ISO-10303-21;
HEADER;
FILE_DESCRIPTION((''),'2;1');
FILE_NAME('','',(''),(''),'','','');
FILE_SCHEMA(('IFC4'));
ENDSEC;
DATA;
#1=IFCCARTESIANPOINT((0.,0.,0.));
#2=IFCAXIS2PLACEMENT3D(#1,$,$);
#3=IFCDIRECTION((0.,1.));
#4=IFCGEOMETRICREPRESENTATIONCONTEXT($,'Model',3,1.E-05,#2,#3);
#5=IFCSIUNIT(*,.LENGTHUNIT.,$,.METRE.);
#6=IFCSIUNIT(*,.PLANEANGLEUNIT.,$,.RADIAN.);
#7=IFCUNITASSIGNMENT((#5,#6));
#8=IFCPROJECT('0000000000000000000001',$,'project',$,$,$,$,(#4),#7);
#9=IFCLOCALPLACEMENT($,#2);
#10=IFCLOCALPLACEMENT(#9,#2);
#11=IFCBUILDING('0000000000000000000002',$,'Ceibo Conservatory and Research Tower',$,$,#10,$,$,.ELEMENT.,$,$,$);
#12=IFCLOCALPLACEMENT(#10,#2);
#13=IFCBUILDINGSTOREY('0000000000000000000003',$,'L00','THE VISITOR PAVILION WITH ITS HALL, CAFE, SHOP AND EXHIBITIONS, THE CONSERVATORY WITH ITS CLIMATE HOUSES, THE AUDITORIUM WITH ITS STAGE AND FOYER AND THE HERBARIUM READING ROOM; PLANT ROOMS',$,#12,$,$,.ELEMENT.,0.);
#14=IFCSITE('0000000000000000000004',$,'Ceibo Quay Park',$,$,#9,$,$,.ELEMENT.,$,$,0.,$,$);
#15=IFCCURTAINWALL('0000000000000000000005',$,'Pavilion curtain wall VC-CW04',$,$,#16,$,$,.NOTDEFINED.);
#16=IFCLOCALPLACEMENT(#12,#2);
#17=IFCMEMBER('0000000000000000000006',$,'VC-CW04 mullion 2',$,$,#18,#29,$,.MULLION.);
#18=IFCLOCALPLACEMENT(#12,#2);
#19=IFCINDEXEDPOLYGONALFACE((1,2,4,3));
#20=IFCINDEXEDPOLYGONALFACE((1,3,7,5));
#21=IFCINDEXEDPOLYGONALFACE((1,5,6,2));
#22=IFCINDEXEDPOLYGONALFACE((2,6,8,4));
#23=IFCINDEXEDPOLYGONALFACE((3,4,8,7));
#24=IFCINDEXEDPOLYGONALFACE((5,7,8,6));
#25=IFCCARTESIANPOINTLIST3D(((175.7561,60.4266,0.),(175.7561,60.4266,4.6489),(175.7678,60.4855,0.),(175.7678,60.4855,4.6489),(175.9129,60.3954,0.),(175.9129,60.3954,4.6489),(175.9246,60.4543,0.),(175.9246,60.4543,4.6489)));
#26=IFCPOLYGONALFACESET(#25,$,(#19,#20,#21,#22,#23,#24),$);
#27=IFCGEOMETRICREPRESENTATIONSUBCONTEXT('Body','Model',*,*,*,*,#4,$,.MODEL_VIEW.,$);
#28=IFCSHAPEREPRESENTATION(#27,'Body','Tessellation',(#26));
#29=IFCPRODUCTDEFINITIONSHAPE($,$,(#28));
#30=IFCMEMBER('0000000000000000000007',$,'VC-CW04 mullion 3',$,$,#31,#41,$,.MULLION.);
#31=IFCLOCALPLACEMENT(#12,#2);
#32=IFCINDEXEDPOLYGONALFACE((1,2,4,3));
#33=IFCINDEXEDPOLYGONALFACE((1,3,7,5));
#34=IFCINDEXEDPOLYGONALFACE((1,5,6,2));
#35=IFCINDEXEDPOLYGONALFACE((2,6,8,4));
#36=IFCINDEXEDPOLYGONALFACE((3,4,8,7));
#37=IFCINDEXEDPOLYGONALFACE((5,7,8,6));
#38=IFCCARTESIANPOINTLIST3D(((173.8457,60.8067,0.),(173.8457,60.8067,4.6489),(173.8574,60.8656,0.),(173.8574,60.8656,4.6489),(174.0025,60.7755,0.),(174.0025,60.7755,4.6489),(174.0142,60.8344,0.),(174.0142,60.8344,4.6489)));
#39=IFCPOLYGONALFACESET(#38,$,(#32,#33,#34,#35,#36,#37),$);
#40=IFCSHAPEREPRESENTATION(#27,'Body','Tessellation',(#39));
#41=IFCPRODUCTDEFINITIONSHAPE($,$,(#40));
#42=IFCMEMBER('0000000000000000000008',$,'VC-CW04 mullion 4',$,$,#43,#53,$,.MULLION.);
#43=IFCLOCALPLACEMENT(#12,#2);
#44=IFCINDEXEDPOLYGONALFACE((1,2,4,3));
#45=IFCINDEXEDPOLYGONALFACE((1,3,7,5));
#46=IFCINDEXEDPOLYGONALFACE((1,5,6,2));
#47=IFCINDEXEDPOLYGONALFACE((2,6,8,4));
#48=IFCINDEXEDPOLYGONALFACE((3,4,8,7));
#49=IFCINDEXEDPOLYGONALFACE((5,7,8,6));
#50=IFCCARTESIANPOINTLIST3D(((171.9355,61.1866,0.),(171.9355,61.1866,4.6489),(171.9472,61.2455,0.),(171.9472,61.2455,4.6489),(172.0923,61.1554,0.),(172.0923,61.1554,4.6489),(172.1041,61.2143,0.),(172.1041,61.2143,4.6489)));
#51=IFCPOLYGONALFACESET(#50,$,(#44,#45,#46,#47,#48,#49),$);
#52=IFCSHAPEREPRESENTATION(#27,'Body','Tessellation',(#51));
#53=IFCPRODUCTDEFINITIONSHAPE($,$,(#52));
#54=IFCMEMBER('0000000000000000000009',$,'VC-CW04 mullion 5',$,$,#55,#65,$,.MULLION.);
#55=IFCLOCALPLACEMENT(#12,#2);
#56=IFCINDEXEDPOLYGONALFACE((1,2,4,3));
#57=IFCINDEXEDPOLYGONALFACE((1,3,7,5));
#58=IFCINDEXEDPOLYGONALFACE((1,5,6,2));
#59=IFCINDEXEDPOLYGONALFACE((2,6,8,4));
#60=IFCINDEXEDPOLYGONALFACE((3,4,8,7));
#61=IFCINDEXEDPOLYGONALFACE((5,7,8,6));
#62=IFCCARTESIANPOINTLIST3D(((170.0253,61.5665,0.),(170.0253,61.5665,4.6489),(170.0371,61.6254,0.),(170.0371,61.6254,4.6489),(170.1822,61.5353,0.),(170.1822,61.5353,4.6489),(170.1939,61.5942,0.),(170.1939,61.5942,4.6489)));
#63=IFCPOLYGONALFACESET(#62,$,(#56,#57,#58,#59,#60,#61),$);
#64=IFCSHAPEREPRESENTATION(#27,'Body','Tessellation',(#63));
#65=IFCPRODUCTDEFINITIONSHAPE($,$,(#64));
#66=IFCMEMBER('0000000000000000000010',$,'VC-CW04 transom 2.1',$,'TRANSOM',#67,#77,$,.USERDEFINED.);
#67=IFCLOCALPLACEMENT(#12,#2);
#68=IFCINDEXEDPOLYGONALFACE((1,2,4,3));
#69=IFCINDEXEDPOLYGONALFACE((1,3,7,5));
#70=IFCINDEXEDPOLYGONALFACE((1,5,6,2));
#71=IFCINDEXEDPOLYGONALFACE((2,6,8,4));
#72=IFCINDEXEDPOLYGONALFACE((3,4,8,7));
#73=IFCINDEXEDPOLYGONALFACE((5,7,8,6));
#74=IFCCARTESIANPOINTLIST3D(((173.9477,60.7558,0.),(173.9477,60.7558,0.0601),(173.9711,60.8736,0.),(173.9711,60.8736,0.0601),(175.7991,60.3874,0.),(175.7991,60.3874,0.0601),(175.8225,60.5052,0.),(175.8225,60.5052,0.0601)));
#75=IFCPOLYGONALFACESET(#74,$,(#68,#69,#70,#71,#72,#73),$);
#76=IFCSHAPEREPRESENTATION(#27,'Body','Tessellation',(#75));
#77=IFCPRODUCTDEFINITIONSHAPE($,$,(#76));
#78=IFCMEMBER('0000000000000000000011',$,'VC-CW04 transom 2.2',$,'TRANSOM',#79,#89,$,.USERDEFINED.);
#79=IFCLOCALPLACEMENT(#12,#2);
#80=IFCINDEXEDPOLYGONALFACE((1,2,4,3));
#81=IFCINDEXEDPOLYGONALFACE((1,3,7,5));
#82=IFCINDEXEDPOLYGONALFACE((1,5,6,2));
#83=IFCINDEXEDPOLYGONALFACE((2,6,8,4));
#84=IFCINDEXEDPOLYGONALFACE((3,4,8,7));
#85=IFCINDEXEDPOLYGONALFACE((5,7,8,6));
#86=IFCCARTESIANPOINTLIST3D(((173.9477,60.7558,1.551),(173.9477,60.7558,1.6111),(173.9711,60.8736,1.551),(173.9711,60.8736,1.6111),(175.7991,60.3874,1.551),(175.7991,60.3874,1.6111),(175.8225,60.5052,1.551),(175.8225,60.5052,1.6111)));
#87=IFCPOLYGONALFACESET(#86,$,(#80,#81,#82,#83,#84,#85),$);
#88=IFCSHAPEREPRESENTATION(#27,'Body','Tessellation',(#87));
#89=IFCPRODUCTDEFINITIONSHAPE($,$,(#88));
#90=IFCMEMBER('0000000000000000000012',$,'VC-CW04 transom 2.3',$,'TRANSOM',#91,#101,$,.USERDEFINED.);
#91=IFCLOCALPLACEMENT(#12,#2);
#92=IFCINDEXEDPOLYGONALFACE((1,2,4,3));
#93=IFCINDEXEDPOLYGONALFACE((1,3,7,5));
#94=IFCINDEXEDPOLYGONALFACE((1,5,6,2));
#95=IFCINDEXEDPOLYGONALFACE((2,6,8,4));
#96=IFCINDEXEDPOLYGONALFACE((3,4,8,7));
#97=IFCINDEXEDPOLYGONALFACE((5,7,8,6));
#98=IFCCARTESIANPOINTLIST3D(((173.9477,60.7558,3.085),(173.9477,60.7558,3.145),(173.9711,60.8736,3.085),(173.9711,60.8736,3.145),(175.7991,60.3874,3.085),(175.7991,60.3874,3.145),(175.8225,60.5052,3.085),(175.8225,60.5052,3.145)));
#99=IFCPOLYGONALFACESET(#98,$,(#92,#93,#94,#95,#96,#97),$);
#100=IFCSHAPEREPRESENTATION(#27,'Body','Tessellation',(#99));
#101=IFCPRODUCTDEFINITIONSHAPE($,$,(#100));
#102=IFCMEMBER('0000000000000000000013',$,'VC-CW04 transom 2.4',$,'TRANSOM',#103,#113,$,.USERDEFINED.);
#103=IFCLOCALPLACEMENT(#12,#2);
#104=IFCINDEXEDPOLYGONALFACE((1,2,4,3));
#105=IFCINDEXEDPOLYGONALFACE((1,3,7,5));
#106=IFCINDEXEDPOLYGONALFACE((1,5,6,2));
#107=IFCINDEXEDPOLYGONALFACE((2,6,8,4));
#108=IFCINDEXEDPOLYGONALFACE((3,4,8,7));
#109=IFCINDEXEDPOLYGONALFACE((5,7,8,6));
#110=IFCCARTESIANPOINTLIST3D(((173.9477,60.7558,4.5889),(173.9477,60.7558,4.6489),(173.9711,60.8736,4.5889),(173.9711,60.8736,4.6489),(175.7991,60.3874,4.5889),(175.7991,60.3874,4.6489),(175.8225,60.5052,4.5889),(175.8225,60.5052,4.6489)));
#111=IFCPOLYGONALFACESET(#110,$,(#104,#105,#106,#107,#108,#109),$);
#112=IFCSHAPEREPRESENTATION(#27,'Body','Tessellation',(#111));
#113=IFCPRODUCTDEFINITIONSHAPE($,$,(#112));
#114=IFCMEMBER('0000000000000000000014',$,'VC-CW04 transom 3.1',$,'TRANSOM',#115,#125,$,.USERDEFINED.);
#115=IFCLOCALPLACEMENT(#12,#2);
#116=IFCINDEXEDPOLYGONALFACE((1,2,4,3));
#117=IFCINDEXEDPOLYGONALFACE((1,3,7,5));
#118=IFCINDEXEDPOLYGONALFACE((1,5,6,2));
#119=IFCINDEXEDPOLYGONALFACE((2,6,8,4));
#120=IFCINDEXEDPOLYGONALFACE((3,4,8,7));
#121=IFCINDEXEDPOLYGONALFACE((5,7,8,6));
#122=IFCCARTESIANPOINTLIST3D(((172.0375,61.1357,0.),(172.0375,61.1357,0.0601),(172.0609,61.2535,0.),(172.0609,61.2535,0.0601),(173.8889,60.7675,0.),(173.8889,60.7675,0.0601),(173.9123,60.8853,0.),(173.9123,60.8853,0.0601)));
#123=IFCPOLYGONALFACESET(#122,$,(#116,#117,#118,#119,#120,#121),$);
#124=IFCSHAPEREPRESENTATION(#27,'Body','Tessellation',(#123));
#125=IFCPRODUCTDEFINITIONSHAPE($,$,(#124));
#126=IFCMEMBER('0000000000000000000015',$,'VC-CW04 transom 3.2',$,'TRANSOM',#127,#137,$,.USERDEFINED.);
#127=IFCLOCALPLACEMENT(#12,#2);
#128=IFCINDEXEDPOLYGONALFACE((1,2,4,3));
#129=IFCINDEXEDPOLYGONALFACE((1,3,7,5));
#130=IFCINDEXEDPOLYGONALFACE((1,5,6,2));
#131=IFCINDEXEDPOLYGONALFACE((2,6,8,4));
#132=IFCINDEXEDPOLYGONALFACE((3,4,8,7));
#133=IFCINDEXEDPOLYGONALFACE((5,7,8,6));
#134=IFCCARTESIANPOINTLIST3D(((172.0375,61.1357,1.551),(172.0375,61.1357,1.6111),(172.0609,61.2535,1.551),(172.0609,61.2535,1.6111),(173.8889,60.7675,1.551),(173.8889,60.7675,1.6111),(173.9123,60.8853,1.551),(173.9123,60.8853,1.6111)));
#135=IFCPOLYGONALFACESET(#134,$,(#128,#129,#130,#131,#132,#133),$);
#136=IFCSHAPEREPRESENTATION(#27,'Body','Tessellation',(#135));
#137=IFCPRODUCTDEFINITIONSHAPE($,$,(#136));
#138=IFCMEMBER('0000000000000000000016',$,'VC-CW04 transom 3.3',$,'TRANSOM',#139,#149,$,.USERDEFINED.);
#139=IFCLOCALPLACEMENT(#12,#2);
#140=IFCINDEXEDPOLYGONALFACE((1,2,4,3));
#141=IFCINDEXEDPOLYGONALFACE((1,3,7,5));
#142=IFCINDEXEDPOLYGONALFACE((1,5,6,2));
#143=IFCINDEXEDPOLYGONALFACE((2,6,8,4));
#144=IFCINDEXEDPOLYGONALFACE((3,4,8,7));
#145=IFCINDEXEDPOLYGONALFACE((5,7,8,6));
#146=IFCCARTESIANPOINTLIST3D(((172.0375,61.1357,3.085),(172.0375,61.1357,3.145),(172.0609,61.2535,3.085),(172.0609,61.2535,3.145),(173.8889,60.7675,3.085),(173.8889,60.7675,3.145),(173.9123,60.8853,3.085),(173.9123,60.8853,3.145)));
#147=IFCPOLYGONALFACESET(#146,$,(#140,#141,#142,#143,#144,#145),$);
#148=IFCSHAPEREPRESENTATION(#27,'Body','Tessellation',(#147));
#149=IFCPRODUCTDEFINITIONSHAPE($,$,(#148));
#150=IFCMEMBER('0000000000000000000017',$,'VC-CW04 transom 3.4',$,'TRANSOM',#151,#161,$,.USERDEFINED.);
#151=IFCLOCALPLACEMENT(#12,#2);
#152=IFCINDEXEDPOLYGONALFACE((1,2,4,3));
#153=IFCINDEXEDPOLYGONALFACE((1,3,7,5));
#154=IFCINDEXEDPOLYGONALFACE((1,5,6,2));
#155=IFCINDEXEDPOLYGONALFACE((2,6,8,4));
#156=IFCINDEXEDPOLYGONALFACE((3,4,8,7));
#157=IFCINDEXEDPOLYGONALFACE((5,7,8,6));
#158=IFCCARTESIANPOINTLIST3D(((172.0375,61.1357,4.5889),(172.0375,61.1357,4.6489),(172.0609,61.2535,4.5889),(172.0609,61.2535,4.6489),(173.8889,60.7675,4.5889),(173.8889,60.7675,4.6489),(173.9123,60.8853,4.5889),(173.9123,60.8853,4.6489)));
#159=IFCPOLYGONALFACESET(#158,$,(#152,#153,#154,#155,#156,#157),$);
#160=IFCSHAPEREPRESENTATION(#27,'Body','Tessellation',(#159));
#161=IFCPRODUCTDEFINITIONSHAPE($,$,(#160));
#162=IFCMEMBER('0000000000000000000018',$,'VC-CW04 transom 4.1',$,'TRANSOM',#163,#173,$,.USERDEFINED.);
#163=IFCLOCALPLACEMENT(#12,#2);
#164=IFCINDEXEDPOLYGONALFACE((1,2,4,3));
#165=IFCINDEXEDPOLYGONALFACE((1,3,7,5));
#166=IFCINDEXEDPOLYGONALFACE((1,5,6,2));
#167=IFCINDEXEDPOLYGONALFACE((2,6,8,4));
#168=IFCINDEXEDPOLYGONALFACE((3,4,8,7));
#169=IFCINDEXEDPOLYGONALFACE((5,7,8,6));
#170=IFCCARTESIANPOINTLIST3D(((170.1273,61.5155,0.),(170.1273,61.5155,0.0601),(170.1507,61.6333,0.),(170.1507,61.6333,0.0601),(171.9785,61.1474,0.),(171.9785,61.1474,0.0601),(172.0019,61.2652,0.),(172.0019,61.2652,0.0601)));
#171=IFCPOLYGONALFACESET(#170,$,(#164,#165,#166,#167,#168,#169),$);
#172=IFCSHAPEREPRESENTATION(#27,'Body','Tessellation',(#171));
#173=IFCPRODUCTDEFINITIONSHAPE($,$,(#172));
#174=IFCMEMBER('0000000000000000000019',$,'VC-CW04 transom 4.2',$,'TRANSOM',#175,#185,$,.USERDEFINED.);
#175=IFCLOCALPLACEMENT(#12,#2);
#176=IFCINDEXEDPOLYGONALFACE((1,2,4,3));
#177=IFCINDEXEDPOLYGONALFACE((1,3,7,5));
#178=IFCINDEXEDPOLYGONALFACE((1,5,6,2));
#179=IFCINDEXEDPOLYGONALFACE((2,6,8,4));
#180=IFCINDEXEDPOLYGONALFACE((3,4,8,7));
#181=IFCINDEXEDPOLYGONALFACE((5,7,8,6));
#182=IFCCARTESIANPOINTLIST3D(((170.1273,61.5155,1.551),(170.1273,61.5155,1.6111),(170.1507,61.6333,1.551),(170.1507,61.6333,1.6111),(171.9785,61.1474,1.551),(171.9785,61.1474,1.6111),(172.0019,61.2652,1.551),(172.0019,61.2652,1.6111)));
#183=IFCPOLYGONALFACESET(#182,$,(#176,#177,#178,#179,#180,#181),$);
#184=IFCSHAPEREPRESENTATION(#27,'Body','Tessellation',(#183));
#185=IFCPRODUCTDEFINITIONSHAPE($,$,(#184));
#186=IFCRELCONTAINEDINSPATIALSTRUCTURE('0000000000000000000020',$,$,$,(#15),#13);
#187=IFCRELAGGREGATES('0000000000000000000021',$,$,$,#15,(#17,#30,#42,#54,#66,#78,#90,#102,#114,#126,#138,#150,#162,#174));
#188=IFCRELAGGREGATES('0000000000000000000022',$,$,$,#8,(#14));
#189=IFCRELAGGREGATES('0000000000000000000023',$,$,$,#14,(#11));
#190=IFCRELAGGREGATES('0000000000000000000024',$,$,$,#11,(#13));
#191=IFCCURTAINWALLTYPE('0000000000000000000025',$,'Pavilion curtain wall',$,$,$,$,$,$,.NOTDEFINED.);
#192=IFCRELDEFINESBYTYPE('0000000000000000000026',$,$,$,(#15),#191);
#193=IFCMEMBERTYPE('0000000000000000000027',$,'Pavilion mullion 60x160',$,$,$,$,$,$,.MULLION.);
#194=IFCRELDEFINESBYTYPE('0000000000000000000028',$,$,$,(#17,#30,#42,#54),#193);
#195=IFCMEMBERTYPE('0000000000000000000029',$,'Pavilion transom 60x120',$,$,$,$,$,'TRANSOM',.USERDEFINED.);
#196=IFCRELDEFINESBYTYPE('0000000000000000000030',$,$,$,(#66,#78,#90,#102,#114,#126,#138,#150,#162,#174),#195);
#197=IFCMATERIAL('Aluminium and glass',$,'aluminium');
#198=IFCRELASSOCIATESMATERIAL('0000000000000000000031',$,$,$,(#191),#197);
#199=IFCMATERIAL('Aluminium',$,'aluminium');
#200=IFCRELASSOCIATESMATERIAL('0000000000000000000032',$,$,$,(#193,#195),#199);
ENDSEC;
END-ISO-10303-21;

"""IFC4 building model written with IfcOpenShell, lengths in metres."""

from ifc_helpers import new_model, si_unit, direction, frame, origin, origin_2d, place, context, subcontext, project, spatial, rectangle, extrude, material, material_profile, profile_set, type_object, element, aggregate, save


model = new_model("IFC4")

# Units and contexts
model_context = context("Model", 3, precision=1e-05, world=origin(), true_north=direction((0.0, 1.0)))
body_context = subcontext(model_context, "Body", "Model", "MODEL_VIEW")
ifc_project = project(units=[si_unit("LENGTHUNIT", "METRE"), si_unit("PLANEANGLEUNIT", "RADIAN")], contexts=[model_context])

# Site, building, storey
site_placement = place(None, origin())
site = spatial("IfcSite", under=ifc_project, at=site_placement, Name="Ceibo Quay Park", CompositionType="ELEMENT", RefElevation=0.0)
building_placement = place(site_placement, origin())
building = spatial("IfcBuilding", under=site, at=building_placement, Name="Ceibo Conservatory and Research Tower", CompositionType="ELEMENT")
storey_placement = place(building_placement, origin())
storey = spatial("IfcBuildingStorey", under=building, at=storey_placement, Name="L00", Description="THE VISITOR PAVILION WITH ITS HALL, CAFE, SHOP AND EXHIBITIONS, THE CONSERVATORY WITH ITS CLIMATE HOUSES, THE AUDITORIUM WITH ITS STAGE AND FOYER AND THE HERBARIUM READING ROOM; PLANT ROOMS", CompositionType="ELEMENT", Elevation=0.0)

# Curtain wall, members
ifc_material_1 = material(Name="Aluminium and glass", Category="aluminium")
curtain_wall_type = type_object("IfcCurtainWallType", Name="Pavilion curtain wall", PredefinedType="NOTDEFINED", material=ifc_material_1)
curtain_wall_placement = place(storey_placement, origin())
curtain_wall = element("IfcCurtainWall", 1, at=curtain_wall_placement, inside=storey, type_object=curtain_wall_type, Name="Pavilion curtain wall VC-CW04", PredefinedType="NOTDEFINED")
ifc_material_2 = material(Name="Aluminium", Category="aluminium")
ifc_material_profile_1 = material_profile(ifc_material_2, rectangle(XDim=0.0601, YDim=0.1599, at=origin_2d()), Name="AL 60x160")
ifc_profile_set_1 = profile_set([ifc_material_profile_1], Name="Aluminium")
member_type_1 = type_object("IfcMemberType", Name="Pavilion mullion 60x160", PredefinedType="MULLION", material=ifc_profile_set_1)
member_1_placement = place(storey_placement, frame((175.8403, 60.4404, 0.0), z_axis=(0.0, 0.0, 1.0), x_axis=(-0.19509, -0.980785, 0.0)))
member_1 = element("IfcMember", 2, at=member_1_placement, type_object=member_type_1, Name="VC-CW04 mullion 2", PredefinedType="MULLION", context=body_context, shape_type="SweptSolid", body=[
    extrude(rectangle(XDim=0.0601, YDim=0.1599, at=origin_2d()), origin(), (0.0, 0.0, 1.0), 4.6489),
])
member_2_placement = place(storey_placement, frame((173.9299, 60.8206, 0.0), z_axis=(0.0, 0.0, 1.0), x_axis=(-0.19509, -0.980785, 0.0)))
member_2 = element("IfcMember", 3, at=member_2_placement, type_object=member_type_1, Name="VC-CW04 mullion 3", PredefinedType="MULLION", context=body_context, shape_type="SweptSolid", body=[
    extrude(rectangle(XDim=0.0601, YDim=0.1599, at=origin_2d()), origin(), (0.0, 0.0, 1.0), 4.6489),
])
member_3_placement = place(storey_placement, frame((172.0198, 61.2004, 0.0), z_axis=(0.0, 0.0, 1.0), x_axis=(-0.19509, -0.980785, 0.0)))
member_3 = element("IfcMember", 4, at=member_3_placement, type_object=member_type_1, Name="VC-CW04 mullion 4", PredefinedType="MULLION", context=body_context, shape_type="SweptSolid", body=[
    extrude(rectangle(XDim=0.0601, YDim=0.1599, at=origin_2d()), origin(), (0.0, 0.0, 1.0), 4.6489),
])
member_4_placement = place(storey_placement, frame((170.1096, 61.5803, 0.0), z_axis=(0.0, 0.0, 1.0), x_axis=(-0.19509, -0.980785, 0.0)))
member_4 = element("IfcMember", 5, at=member_4_placement, type_object=member_type_1, Name="VC-CW04 mullion 5", PredefinedType="MULLION", context=body_context, shape_type="SweptSolid", body=[
    extrude(rectangle(XDim=0.0601, YDim=0.1599, at=origin_2d()), origin(), (0.0, 0.0, 1.0), 4.6489),
])
ifc_material_profile_2 = material_profile(ifc_material_2, rectangle(XDim=0.1201, YDim=0.0601, at=origin_2d()), Name="AL 60x120")
ifc_profile_set_2 = profile_set([ifc_material_profile_2], Name="Aluminium")
member_type_2 = type_object("IfcMemberType", Name="Pavilion transom 60x120", ElementType="TRANSOM", PredefinedType="USERDEFINED", material=ifc_profile_set_2)
member_5_placement = place(storey_placement, frame((175.8108, 60.4463, 0.03), z_axis=(-0.980769, 0.195171, 0.0), x_axis=(-0.195171, -0.980769, 0.0)))
member_5 = element("IfcMember", 6, at=member_5_placement, type_object=member_type_2, Name="VC-CW04 transom 2.1", ObjectType="TRANSOM", PredefinedType="USERDEFINED", context=body_context, shape_type="SweptSolid", body=[
    extrude(rectangle(XDim=0.1201, YDim=0.0601, at=origin_2d()), origin(), (0.0, 0.0, 1.0), 1.8877),
])
member_6_placement = place(storey_placement, frame((175.8108, 60.4463, 1.5811), z_axis=(-0.980769, 0.195171, 0.0), x_axis=(-0.195171, -0.980769, 0.0)))
member_6 = element("IfcMember", 7, at=member_6_placement, type_object=member_type_2, Name="VC-CW04 transom 2.2", ObjectType="TRANSOM", PredefinedType="USERDEFINED", context=body_context, shape_type="SweptSolid", body=[
    extrude(rectangle(XDim=0.1201, YDim=0.0601, at=origin_2d()), origin(), (0.0, 0.0, 1.0), 1.8877),
])
member_7_placement = place(storey_placement, frame((175.8108, 60.4463, 3.115), z_axis=(-0.980769, 0.195171, 0.0), x_axis=(-0.195171, -0.980769, 0.0)))
member_7 = element("IfcMember", 8, at=member_7_placement, type_object=member_type_2, Name="VC-CW04 transom 2.3", ObjectType="TRANSOM", PredefinedType="USERDEFINED", context=body_context, shape_type="SweptSolid", body=[
    extrude(rectangle(XDim=0.1201, YDim=0.0601, at=origin_2d()), origin(), (0.0, 0.0, 1.0), 1.8877),
])
member_8_placement = place(storey_placement, frame((175.8108, 60.4463, 4.6189), z_axis=(-0.980769, 0.195171, 0.0), x_axis=(-0.195171, -0.980769, 0.0)))
member_8 = element("IfcMember", 9, at=member_8_placement, type_object=member_type_2, Name="VC-CW04 transom 2.4", ObjectType="TRANSOM", PredefinedType="USERDEFINED", context=body_context, shape_type="SweptSolid", body=[
    extrude(rectangle(XDim=0.1201, YDim=0.0601, at=origin_2d()), origin(), (0.0, 0.0, 1.0), 1.8877),
])
member_9_placement = place(storey_placement, frame((173.9006, 60.8264, 0.03), z_axis=(-0.980799, 0.195022, 0.0), x_axis=(-0.195022, -0.980799, 0.0)))
member_9 = element("IfcMember", 10, at=member_9_placement, type_object=member_type_2, Name="VC-CW04 transom 3.1", ObjectType="TRANSOM", PredefinedType="USERDEFINED", context=body_context, shape_type="SweptSolid", body=[
    extrude(rectangle(XDim=0.1201, YDim=0.0601, at=origin_2d()), origin(), (0.0, 0.0, 1.0), 1.8877),
])
member_10_placement = place(storey_placement, frame((173.9006, 60.8264, 1.5811), z_axis=(-0.980799, 0.195022, 0.0), x_axis=(-0.195022, -0.980799, 0.0)))
member_10 = element("IfcMember", 11, at=member_10_placement, type_object=member_type_2, Name="VC-CW04 transom 3.2", ObjectType="TRANSOM", PredefinedType="USERDEFINED", context=body_context, shape_type="SweptSolid", body=[
    extrude(rectangle(XDim=0.1201, YDim=0.0601, at=origin_2d()), origin(), (0.0, 0.0, 1.0), 1.8877),
])
member_11_placement = place(storey_placement, frame((173.9006, 60.8264, 3.115), z_axis=(-0.980799, 0.195022, 0.0), x_axis=(-0.195022, -0.980799, 0.0)))
member_11 = element("IfcMember", 12, at=member_11_placement, type_object=member_type_2, Name="VC-CW04 transom 3.3", ObjectType="TRANSOM", PredefinedType="USERDEFINED", context=body_context, shape_type="SweptSolid", body=[
    extrude(rectangle(XDim=0.1201, YDim=0.0601, at=origin_2d()), origin(), (0.0, 0.0, 1.0), 1.8877),
])
member_12_placement = place(storey_placement, frame((173.9006, 60.8264, 4.6189), z_axis=(-0.980799, 0.195022, 0.0), x_axis=(-0.195022, -0.980799, 0.0)))
member_12 = element("IfcMember", 13, at=member_12_placement, type_object=member_type_2, Name="VC-CW04 transom 3.4", ObjectType="TRANSOM", PredefinedType="USERDEFINED", context=body_context, shape_type="SweptSolid", body=[
    extrude(rectangle(XDim=0.1201, YDim=0.0601, at=origin_2d()), origin(), (0.0, 0.0, 1.0), 1.8877),
])
member_13_placement = place(storey_placement, frame((171.9902, 61.2063, 0.03), z_axis=(-0.980794, 0.195046, 0.0), x_axis=(-0.195046, -0.980794, 0.0)))
member_13 = element("IfcMember", 14, at=member_13_placement, type_object=member_type_2, Name="VC-CW04 transom 4.1", ObjectType="TRANSOM", PredefinedType="USERDEFINED", context=body_context, shape_type="SweptSolid", body=[
    extrude(rectangle(XDim=0.1201, YDim=0.0601, at=origin_2d()), origin(), (0.0, 0.0, 1.0), 1.8875),
])
member_14_placement = place(storey_placement, frame((171.9902, 61.2063, 1.5811), z_axis=(-0.980794, 0.195046, 0.0), x_axis=(-0.195046, -0.980794, 0.0)))
member_14 = element("IfcMember", 15, at=member_14_placement, type_object=member_type_2, Name="VC-CW04 transom 4.2", ObjectType="TRANSOM", PredefinedType="USERDEFINED", context=body_context, shape_type="SweptSolid", body=[
    extrude(rectangle(XDim=0.1201, YDim=0.0601, at=origin_2d()), origin(), (0.0, 0.0, 1.0), 1.8875),
])
aggregate(curtain_wall, [member_1, member_2, member_3, member_4, member_5, member_6, member_7, member_8, member_9, member_10, member_11, member_12, member_13, member_14])

save(model, "model.ifc")
